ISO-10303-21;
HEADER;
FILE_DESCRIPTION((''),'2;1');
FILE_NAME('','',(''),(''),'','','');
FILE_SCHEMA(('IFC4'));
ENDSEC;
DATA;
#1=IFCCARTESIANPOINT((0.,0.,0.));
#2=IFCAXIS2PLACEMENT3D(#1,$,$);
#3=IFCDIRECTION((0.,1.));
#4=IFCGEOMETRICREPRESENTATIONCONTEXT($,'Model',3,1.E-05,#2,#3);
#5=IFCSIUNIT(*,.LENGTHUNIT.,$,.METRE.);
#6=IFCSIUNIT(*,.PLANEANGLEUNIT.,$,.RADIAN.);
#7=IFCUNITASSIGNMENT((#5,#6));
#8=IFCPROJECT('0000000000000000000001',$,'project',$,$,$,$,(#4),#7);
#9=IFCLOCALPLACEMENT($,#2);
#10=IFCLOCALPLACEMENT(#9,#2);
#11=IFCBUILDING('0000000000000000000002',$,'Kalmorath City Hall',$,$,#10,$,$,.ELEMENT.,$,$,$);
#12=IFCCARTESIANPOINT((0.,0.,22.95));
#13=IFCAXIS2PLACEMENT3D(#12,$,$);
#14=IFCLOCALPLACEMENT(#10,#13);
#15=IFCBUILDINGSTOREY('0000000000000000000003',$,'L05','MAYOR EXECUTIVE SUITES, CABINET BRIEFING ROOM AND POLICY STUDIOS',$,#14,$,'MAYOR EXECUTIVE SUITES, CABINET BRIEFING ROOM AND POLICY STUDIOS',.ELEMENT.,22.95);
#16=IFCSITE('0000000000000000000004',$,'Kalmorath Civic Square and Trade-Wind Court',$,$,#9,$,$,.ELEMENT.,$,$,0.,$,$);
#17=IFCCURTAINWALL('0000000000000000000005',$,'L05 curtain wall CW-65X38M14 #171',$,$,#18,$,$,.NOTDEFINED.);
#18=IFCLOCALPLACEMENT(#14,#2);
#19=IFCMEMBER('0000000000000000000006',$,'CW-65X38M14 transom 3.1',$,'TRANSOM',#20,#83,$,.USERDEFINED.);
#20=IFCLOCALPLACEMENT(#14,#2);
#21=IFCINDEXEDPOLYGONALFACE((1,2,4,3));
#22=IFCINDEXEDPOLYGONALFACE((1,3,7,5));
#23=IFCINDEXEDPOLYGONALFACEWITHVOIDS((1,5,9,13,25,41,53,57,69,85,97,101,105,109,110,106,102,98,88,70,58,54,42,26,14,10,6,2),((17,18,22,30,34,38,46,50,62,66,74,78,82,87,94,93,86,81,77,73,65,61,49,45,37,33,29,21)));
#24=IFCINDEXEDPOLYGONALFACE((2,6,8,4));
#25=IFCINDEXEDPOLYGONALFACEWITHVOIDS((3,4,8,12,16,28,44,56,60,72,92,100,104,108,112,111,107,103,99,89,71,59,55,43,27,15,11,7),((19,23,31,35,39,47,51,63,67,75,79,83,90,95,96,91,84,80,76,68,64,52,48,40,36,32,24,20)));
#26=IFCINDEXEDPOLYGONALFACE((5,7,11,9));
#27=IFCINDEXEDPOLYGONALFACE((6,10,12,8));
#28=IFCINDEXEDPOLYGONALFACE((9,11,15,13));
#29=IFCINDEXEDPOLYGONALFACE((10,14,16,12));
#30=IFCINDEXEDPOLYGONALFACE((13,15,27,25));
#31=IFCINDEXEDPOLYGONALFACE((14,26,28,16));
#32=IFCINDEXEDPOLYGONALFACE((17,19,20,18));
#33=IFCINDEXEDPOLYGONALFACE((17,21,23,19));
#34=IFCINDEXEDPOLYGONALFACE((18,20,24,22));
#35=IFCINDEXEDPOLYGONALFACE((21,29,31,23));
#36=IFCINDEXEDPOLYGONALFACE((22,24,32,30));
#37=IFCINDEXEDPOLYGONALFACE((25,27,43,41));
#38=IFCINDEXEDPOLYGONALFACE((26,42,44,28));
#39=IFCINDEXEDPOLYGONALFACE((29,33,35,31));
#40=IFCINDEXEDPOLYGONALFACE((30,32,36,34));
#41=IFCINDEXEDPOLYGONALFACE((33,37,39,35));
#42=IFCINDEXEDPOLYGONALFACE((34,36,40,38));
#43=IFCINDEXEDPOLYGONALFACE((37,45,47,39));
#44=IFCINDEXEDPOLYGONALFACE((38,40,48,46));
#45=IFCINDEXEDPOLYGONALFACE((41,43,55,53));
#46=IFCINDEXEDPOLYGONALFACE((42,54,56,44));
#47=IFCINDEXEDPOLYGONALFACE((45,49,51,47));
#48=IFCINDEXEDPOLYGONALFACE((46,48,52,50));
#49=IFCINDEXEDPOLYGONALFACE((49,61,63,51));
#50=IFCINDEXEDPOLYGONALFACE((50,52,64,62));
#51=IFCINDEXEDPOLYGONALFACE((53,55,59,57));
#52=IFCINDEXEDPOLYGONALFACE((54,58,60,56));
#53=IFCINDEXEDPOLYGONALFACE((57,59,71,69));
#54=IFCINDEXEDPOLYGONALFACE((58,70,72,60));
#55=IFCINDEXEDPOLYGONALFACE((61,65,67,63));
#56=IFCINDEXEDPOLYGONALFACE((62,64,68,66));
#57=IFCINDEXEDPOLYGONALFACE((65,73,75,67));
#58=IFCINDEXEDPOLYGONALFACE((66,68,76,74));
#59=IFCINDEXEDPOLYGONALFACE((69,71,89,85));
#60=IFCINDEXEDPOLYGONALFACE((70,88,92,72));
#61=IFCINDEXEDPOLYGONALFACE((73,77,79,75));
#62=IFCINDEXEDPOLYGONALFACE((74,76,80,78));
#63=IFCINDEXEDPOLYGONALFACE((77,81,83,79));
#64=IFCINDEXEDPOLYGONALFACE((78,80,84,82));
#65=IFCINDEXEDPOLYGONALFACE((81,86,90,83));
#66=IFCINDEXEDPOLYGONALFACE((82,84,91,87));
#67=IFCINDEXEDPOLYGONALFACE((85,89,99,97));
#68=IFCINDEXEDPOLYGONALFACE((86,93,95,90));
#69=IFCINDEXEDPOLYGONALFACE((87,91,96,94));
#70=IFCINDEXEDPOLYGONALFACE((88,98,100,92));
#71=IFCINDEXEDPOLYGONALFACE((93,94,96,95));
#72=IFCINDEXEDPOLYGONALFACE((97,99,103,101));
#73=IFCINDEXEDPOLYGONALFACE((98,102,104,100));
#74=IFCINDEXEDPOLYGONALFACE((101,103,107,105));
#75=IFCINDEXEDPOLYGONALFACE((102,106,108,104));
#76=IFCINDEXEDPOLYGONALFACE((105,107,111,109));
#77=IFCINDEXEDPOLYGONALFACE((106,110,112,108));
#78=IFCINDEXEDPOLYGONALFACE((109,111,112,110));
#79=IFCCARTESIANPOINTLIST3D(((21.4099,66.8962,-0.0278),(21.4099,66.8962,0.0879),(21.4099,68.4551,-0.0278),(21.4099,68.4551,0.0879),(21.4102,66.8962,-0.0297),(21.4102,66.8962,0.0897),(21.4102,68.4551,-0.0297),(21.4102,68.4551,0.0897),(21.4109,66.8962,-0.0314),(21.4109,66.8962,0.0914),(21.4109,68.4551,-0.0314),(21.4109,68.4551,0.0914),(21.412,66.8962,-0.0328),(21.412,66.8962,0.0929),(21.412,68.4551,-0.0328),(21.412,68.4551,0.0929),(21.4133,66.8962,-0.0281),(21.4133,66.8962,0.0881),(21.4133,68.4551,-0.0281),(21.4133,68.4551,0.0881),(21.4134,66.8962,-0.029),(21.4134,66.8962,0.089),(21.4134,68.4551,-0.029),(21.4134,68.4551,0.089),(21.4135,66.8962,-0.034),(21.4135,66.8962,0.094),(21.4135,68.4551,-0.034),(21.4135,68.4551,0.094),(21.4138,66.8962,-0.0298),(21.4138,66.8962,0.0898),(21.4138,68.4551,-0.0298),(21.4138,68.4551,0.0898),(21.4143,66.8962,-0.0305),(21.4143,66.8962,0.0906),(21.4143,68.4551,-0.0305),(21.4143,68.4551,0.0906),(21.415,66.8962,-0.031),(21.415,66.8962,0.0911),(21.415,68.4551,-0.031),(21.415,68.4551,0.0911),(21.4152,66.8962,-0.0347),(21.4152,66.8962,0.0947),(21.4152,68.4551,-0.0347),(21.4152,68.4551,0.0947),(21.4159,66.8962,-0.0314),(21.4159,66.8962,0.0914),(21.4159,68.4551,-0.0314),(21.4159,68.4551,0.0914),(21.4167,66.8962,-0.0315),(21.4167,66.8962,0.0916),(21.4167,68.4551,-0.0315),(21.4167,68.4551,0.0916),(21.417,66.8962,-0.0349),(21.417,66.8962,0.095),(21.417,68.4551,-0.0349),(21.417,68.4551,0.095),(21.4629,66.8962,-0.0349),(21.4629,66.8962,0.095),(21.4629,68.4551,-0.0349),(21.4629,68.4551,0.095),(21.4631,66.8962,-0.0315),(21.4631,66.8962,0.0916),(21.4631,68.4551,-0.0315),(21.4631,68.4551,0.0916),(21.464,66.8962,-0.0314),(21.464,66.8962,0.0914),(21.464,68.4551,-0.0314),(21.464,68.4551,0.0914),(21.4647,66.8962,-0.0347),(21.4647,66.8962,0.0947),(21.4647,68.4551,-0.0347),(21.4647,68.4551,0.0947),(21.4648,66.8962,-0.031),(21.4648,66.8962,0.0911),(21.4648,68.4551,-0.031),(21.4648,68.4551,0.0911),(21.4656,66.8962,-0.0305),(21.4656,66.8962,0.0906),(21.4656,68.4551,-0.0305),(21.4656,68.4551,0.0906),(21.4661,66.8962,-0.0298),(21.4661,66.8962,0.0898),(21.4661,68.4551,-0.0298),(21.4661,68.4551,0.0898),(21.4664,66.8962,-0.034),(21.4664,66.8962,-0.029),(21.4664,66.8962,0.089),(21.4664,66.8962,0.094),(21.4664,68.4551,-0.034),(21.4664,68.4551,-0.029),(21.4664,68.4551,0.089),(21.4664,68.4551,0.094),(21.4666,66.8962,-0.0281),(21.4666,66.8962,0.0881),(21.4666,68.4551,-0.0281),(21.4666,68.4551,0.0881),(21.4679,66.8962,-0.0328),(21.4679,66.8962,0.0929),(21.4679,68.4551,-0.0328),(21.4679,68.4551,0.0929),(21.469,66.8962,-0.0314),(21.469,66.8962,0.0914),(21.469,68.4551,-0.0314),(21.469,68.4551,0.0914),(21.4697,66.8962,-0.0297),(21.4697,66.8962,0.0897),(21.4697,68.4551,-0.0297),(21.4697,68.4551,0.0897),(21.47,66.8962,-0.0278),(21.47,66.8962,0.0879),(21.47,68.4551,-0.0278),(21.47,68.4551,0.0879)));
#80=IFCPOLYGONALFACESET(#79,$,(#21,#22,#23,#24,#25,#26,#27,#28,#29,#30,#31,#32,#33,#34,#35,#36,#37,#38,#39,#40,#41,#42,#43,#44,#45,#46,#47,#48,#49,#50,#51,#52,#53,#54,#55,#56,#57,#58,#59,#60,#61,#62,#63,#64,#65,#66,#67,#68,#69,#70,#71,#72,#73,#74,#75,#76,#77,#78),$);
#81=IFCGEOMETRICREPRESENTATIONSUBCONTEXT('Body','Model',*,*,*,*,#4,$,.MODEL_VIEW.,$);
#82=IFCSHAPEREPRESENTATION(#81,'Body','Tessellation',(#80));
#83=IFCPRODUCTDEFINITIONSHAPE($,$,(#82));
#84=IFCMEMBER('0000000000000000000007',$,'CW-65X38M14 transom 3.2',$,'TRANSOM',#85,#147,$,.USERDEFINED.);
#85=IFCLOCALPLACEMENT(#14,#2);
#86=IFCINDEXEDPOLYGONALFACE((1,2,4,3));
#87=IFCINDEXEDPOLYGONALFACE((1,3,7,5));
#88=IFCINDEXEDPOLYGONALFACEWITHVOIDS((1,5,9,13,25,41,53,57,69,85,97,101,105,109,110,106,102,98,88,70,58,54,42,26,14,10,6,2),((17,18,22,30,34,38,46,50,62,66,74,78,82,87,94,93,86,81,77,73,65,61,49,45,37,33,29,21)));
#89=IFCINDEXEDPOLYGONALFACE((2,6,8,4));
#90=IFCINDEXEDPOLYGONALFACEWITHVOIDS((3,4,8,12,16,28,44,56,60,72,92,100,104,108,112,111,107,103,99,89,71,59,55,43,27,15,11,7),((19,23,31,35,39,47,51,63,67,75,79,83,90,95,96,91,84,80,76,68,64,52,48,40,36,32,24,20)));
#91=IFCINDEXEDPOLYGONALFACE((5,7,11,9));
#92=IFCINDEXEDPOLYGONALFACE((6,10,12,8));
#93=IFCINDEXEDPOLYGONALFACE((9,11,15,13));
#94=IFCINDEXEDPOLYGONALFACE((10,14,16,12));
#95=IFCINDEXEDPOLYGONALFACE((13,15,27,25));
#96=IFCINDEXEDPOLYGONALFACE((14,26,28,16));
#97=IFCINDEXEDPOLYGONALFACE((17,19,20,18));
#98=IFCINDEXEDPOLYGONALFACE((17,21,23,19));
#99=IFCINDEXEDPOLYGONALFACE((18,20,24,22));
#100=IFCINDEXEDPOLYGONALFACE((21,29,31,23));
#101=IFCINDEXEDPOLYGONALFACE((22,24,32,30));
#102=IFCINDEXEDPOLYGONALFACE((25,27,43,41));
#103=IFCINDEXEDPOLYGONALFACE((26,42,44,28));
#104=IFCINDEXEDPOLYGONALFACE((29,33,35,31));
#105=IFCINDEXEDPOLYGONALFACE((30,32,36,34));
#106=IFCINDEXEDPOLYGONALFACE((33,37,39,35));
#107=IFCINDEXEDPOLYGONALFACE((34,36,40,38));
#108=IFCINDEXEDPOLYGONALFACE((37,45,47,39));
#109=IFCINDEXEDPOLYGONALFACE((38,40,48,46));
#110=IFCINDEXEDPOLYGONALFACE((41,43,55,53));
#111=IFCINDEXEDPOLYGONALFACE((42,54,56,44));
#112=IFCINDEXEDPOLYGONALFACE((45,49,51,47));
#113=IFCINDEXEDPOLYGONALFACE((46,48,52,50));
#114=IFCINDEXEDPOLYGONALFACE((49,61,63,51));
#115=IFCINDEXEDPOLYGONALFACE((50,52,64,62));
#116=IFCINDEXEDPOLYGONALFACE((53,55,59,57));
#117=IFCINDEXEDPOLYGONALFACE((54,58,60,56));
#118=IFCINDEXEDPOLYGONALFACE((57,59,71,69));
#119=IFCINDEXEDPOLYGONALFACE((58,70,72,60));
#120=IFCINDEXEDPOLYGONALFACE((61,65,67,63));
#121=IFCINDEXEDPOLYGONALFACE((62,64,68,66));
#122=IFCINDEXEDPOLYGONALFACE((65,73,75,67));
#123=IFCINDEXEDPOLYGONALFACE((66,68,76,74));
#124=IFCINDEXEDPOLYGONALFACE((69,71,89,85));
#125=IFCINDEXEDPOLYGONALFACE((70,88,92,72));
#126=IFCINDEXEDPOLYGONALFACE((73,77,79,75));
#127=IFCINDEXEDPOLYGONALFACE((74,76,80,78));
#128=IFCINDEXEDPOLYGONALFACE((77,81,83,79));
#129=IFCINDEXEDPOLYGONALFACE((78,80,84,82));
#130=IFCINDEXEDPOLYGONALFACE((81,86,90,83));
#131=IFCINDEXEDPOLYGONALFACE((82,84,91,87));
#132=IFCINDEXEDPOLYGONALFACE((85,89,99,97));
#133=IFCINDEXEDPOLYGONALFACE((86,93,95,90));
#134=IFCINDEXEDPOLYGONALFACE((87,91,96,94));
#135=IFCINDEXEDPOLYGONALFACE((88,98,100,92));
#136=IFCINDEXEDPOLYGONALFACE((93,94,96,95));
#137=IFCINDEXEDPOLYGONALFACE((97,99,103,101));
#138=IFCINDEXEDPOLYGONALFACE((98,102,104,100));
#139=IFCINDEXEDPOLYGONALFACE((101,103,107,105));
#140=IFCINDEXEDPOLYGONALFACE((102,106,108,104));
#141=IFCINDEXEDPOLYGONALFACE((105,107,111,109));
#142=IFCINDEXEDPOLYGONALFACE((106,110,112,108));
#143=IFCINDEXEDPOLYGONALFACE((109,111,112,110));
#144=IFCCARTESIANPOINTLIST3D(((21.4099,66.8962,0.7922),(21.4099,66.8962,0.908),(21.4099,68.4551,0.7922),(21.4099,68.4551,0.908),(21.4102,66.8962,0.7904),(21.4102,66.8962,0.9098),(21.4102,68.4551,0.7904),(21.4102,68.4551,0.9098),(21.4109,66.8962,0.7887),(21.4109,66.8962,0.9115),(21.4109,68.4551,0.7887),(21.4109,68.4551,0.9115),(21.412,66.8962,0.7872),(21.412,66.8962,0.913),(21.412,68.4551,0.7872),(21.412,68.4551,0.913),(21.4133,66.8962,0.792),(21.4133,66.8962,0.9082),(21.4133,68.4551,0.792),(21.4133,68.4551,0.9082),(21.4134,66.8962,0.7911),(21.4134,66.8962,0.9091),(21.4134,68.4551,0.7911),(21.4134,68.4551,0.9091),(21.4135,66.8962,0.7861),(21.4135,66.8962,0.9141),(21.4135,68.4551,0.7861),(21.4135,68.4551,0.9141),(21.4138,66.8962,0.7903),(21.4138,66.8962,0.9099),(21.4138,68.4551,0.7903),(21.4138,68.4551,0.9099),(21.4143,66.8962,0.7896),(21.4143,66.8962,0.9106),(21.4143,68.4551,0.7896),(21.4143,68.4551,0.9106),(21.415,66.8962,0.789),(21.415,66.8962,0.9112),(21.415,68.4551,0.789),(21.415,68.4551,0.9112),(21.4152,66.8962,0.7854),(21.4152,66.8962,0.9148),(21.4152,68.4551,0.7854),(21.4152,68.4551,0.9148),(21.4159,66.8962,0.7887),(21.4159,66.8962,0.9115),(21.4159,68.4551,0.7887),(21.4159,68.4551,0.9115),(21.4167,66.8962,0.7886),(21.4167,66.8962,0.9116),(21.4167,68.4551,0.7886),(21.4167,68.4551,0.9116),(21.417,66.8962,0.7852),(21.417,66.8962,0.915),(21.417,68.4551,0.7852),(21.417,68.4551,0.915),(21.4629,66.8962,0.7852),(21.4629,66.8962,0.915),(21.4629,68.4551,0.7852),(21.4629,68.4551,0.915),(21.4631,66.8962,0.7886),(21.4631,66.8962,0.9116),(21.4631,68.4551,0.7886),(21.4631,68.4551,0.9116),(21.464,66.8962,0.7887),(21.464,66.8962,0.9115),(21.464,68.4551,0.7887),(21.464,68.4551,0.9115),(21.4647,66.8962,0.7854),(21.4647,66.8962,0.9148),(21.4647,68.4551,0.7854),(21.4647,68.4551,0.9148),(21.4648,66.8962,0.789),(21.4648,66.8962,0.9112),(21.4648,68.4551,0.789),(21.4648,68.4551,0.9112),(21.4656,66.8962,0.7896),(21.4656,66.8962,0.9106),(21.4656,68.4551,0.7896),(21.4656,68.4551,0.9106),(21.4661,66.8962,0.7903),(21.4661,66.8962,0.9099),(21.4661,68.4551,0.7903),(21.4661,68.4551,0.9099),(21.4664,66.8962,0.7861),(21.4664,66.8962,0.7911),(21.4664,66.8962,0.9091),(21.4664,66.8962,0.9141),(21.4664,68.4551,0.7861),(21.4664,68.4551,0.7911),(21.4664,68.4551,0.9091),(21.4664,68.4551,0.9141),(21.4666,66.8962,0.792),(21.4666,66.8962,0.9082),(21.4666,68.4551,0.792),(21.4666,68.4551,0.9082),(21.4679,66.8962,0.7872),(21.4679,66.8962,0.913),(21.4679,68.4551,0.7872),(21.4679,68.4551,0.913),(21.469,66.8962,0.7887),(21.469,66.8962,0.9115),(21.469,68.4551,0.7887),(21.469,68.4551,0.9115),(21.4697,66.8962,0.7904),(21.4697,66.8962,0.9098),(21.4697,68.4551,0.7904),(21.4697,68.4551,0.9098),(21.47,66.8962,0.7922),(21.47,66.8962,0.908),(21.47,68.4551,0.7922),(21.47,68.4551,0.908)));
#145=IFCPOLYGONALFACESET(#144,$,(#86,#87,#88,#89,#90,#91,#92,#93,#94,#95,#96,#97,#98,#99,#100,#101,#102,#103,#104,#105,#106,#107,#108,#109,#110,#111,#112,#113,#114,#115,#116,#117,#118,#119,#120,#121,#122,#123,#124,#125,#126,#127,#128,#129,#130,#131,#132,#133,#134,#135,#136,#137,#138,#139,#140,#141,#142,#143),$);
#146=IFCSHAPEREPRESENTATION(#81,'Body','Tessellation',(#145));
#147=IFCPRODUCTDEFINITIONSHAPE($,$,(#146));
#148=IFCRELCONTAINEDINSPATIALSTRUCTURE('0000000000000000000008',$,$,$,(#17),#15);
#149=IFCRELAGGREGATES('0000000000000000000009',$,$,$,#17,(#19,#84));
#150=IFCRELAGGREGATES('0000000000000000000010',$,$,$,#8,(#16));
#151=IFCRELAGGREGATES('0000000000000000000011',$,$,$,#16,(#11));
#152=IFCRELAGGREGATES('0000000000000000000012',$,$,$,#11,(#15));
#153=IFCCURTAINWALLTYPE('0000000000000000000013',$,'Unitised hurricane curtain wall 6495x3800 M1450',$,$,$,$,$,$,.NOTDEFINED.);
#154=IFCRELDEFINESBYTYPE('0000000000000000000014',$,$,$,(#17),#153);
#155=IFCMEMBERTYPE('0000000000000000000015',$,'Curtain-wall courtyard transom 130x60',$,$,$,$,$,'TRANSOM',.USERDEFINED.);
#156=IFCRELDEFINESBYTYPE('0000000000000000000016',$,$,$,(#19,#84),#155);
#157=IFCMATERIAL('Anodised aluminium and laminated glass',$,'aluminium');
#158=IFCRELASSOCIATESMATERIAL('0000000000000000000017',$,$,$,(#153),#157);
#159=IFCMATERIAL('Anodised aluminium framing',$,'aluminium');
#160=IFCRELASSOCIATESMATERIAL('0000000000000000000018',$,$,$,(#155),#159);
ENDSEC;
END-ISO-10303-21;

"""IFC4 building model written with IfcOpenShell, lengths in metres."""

from ifc_helpers import new_model, si_unit, direction, frame, origin, origin_2d, place, context, subcontext, project, spatial, hollow_rectangle, extrude, material, material_profile, profile_set, type_object, element, aggregate, save


model = new_model("IFC4")

# Units and contexts
model_context = context("Model", 3, precision=1e-05, world=origin(), true_north=direction((0.0, 1.0)))
body_context = subcontext(model_context, "Body", "Model", "MODEL_VIEW")
ifc_project = project(units=[si_unit("LENGTHUNIT", "METRE"), si_unit("PLANEANGLEUNIT", "RADIAN")], contexts=[model_context])

# Site, building, storey
site_placement = place(None, origin())
site = spatial("IfcSite", under=ifc_project, at=site_placement, Name="Kalmorath Civic Square and Trade-Wind Court", CompositionType="ELEMENT", RefElevation=0.0)
building_placement = place(site_placement, origin())
building = spatial("IfcBuilding", under=site, at=building_placement, Name="Kalmorath City Hall", CompositionType="ELEMENT")
storey_placement = place(building_placement, frame((0.0, 0.0, 22.95)))
storey = spatial("IfcBuildingStorey", under=building, at=storey_placement, Name="L05", Description="MAYOR EXECUTIVE SUITES, CABINET BRIEFING ROOM AND POLICY STUDIOS", LongName="MAYOR EXECUTIVE SUITES, CABINET BRIEFING ROOM AND POLICY STUDIOS", CompositionType="ELEMENT", Elevation=22.95)

# Curtain wall, members
ifc_material_1 = material(Name="Anodised aluminium and laminated glass", Category="aluminium")
curtain_wall_type = type_object("IfcCurtainWallType", Name="Unitised hurricane curtain wall 6495x3800 M1450", PredefinedType="NOTDEFINED", material=ifc_material_1)
curtain_wall_placement = place(storey_placement, origin())
curtain_wall = element("IfcCurtainWall", 1, at=curtain_wall_placement, inside=storey, type_object=curtain_wall_type, Name="L05 curtain wall CW-65X38M14 #171", PredefinedType="NOTDEFINED")
ifc_material_2 = material(Name="Anodised aluminium framing", Category="aluminium")
ifc_material_profile_1 = material_profile(ifc_material_2, hollow_rectangle(XDim=0.0601, YDim=0.1299, WallThickness=0.0034, InnerFilletRadius=0.0034, OuterFilletRadius=0.0071, at=origin_2d()), Name="ALU-TRN-130X60X3.5")
ifc_profile_set_1 = profile_set([ifc_material_profile_1], Name="Anodised aluminium framing")
member_type_1 = type_object("IfcMemberType", Name="Curtain-wall courtyard transom 130x60", ElementType="TRANSOM", PredefinedType="USERDEFINED", material=ifc_profile_set_1)
member_1_placement = place(storey_placement, frame((21.4399, 68.4551, 0.03), z_axis=(0.0, -1.0, 0.0), x_axis=(1.0, 0.0, 0.0)))
member_1 = element("IfcMember", 2, at=member_1_placement, type_object=member_type_1, Name="CW-65X38M14 transom 3.1", ObjectType="TRANSOM", PredefinedType="USERDEFINED", context=body_context, shape_type="SweptSolid", body=[
    extrude(hollow_rectangle(XDim=0.0601, YDim=0.1299, WallThickness=0.0034, InnerFilletRadius=0.0034, OuterFilletRadius=0.0071, at=origin_2d()), origin(), (0.0, 0.0, 1.0), 1.5588),
])
member_2_placement = place(storey_placement, frame((21.4399, 68.4551, 0.8501), z_axis=(0.0, -1.0, 0.0), x_axis=(1.0, 0.0, 0.0)))
member_2 = element("IfcMember", 3, at=member_2_placement, type_object=member_type_1, Name="CW-65X38M14 transom 3.2", ObjectType="TRANSOM", PredefinedType="USERDEFINED", context=body_context, shape_type="SweptSolid", body=[
    extrude(hollow_rectangle(XDim=0.0601, YDim=0.1299, WallThickness=0.0034, InnerFilletRadius=0.0034, OuterFilletRadius=0.0071, at=origin_2d()), origin(), (0.0, 0.0, 1.0), 1.5588),
])
aggregate(curtain_wall, [member_1, member_2])

save(model, "model.ifc")
